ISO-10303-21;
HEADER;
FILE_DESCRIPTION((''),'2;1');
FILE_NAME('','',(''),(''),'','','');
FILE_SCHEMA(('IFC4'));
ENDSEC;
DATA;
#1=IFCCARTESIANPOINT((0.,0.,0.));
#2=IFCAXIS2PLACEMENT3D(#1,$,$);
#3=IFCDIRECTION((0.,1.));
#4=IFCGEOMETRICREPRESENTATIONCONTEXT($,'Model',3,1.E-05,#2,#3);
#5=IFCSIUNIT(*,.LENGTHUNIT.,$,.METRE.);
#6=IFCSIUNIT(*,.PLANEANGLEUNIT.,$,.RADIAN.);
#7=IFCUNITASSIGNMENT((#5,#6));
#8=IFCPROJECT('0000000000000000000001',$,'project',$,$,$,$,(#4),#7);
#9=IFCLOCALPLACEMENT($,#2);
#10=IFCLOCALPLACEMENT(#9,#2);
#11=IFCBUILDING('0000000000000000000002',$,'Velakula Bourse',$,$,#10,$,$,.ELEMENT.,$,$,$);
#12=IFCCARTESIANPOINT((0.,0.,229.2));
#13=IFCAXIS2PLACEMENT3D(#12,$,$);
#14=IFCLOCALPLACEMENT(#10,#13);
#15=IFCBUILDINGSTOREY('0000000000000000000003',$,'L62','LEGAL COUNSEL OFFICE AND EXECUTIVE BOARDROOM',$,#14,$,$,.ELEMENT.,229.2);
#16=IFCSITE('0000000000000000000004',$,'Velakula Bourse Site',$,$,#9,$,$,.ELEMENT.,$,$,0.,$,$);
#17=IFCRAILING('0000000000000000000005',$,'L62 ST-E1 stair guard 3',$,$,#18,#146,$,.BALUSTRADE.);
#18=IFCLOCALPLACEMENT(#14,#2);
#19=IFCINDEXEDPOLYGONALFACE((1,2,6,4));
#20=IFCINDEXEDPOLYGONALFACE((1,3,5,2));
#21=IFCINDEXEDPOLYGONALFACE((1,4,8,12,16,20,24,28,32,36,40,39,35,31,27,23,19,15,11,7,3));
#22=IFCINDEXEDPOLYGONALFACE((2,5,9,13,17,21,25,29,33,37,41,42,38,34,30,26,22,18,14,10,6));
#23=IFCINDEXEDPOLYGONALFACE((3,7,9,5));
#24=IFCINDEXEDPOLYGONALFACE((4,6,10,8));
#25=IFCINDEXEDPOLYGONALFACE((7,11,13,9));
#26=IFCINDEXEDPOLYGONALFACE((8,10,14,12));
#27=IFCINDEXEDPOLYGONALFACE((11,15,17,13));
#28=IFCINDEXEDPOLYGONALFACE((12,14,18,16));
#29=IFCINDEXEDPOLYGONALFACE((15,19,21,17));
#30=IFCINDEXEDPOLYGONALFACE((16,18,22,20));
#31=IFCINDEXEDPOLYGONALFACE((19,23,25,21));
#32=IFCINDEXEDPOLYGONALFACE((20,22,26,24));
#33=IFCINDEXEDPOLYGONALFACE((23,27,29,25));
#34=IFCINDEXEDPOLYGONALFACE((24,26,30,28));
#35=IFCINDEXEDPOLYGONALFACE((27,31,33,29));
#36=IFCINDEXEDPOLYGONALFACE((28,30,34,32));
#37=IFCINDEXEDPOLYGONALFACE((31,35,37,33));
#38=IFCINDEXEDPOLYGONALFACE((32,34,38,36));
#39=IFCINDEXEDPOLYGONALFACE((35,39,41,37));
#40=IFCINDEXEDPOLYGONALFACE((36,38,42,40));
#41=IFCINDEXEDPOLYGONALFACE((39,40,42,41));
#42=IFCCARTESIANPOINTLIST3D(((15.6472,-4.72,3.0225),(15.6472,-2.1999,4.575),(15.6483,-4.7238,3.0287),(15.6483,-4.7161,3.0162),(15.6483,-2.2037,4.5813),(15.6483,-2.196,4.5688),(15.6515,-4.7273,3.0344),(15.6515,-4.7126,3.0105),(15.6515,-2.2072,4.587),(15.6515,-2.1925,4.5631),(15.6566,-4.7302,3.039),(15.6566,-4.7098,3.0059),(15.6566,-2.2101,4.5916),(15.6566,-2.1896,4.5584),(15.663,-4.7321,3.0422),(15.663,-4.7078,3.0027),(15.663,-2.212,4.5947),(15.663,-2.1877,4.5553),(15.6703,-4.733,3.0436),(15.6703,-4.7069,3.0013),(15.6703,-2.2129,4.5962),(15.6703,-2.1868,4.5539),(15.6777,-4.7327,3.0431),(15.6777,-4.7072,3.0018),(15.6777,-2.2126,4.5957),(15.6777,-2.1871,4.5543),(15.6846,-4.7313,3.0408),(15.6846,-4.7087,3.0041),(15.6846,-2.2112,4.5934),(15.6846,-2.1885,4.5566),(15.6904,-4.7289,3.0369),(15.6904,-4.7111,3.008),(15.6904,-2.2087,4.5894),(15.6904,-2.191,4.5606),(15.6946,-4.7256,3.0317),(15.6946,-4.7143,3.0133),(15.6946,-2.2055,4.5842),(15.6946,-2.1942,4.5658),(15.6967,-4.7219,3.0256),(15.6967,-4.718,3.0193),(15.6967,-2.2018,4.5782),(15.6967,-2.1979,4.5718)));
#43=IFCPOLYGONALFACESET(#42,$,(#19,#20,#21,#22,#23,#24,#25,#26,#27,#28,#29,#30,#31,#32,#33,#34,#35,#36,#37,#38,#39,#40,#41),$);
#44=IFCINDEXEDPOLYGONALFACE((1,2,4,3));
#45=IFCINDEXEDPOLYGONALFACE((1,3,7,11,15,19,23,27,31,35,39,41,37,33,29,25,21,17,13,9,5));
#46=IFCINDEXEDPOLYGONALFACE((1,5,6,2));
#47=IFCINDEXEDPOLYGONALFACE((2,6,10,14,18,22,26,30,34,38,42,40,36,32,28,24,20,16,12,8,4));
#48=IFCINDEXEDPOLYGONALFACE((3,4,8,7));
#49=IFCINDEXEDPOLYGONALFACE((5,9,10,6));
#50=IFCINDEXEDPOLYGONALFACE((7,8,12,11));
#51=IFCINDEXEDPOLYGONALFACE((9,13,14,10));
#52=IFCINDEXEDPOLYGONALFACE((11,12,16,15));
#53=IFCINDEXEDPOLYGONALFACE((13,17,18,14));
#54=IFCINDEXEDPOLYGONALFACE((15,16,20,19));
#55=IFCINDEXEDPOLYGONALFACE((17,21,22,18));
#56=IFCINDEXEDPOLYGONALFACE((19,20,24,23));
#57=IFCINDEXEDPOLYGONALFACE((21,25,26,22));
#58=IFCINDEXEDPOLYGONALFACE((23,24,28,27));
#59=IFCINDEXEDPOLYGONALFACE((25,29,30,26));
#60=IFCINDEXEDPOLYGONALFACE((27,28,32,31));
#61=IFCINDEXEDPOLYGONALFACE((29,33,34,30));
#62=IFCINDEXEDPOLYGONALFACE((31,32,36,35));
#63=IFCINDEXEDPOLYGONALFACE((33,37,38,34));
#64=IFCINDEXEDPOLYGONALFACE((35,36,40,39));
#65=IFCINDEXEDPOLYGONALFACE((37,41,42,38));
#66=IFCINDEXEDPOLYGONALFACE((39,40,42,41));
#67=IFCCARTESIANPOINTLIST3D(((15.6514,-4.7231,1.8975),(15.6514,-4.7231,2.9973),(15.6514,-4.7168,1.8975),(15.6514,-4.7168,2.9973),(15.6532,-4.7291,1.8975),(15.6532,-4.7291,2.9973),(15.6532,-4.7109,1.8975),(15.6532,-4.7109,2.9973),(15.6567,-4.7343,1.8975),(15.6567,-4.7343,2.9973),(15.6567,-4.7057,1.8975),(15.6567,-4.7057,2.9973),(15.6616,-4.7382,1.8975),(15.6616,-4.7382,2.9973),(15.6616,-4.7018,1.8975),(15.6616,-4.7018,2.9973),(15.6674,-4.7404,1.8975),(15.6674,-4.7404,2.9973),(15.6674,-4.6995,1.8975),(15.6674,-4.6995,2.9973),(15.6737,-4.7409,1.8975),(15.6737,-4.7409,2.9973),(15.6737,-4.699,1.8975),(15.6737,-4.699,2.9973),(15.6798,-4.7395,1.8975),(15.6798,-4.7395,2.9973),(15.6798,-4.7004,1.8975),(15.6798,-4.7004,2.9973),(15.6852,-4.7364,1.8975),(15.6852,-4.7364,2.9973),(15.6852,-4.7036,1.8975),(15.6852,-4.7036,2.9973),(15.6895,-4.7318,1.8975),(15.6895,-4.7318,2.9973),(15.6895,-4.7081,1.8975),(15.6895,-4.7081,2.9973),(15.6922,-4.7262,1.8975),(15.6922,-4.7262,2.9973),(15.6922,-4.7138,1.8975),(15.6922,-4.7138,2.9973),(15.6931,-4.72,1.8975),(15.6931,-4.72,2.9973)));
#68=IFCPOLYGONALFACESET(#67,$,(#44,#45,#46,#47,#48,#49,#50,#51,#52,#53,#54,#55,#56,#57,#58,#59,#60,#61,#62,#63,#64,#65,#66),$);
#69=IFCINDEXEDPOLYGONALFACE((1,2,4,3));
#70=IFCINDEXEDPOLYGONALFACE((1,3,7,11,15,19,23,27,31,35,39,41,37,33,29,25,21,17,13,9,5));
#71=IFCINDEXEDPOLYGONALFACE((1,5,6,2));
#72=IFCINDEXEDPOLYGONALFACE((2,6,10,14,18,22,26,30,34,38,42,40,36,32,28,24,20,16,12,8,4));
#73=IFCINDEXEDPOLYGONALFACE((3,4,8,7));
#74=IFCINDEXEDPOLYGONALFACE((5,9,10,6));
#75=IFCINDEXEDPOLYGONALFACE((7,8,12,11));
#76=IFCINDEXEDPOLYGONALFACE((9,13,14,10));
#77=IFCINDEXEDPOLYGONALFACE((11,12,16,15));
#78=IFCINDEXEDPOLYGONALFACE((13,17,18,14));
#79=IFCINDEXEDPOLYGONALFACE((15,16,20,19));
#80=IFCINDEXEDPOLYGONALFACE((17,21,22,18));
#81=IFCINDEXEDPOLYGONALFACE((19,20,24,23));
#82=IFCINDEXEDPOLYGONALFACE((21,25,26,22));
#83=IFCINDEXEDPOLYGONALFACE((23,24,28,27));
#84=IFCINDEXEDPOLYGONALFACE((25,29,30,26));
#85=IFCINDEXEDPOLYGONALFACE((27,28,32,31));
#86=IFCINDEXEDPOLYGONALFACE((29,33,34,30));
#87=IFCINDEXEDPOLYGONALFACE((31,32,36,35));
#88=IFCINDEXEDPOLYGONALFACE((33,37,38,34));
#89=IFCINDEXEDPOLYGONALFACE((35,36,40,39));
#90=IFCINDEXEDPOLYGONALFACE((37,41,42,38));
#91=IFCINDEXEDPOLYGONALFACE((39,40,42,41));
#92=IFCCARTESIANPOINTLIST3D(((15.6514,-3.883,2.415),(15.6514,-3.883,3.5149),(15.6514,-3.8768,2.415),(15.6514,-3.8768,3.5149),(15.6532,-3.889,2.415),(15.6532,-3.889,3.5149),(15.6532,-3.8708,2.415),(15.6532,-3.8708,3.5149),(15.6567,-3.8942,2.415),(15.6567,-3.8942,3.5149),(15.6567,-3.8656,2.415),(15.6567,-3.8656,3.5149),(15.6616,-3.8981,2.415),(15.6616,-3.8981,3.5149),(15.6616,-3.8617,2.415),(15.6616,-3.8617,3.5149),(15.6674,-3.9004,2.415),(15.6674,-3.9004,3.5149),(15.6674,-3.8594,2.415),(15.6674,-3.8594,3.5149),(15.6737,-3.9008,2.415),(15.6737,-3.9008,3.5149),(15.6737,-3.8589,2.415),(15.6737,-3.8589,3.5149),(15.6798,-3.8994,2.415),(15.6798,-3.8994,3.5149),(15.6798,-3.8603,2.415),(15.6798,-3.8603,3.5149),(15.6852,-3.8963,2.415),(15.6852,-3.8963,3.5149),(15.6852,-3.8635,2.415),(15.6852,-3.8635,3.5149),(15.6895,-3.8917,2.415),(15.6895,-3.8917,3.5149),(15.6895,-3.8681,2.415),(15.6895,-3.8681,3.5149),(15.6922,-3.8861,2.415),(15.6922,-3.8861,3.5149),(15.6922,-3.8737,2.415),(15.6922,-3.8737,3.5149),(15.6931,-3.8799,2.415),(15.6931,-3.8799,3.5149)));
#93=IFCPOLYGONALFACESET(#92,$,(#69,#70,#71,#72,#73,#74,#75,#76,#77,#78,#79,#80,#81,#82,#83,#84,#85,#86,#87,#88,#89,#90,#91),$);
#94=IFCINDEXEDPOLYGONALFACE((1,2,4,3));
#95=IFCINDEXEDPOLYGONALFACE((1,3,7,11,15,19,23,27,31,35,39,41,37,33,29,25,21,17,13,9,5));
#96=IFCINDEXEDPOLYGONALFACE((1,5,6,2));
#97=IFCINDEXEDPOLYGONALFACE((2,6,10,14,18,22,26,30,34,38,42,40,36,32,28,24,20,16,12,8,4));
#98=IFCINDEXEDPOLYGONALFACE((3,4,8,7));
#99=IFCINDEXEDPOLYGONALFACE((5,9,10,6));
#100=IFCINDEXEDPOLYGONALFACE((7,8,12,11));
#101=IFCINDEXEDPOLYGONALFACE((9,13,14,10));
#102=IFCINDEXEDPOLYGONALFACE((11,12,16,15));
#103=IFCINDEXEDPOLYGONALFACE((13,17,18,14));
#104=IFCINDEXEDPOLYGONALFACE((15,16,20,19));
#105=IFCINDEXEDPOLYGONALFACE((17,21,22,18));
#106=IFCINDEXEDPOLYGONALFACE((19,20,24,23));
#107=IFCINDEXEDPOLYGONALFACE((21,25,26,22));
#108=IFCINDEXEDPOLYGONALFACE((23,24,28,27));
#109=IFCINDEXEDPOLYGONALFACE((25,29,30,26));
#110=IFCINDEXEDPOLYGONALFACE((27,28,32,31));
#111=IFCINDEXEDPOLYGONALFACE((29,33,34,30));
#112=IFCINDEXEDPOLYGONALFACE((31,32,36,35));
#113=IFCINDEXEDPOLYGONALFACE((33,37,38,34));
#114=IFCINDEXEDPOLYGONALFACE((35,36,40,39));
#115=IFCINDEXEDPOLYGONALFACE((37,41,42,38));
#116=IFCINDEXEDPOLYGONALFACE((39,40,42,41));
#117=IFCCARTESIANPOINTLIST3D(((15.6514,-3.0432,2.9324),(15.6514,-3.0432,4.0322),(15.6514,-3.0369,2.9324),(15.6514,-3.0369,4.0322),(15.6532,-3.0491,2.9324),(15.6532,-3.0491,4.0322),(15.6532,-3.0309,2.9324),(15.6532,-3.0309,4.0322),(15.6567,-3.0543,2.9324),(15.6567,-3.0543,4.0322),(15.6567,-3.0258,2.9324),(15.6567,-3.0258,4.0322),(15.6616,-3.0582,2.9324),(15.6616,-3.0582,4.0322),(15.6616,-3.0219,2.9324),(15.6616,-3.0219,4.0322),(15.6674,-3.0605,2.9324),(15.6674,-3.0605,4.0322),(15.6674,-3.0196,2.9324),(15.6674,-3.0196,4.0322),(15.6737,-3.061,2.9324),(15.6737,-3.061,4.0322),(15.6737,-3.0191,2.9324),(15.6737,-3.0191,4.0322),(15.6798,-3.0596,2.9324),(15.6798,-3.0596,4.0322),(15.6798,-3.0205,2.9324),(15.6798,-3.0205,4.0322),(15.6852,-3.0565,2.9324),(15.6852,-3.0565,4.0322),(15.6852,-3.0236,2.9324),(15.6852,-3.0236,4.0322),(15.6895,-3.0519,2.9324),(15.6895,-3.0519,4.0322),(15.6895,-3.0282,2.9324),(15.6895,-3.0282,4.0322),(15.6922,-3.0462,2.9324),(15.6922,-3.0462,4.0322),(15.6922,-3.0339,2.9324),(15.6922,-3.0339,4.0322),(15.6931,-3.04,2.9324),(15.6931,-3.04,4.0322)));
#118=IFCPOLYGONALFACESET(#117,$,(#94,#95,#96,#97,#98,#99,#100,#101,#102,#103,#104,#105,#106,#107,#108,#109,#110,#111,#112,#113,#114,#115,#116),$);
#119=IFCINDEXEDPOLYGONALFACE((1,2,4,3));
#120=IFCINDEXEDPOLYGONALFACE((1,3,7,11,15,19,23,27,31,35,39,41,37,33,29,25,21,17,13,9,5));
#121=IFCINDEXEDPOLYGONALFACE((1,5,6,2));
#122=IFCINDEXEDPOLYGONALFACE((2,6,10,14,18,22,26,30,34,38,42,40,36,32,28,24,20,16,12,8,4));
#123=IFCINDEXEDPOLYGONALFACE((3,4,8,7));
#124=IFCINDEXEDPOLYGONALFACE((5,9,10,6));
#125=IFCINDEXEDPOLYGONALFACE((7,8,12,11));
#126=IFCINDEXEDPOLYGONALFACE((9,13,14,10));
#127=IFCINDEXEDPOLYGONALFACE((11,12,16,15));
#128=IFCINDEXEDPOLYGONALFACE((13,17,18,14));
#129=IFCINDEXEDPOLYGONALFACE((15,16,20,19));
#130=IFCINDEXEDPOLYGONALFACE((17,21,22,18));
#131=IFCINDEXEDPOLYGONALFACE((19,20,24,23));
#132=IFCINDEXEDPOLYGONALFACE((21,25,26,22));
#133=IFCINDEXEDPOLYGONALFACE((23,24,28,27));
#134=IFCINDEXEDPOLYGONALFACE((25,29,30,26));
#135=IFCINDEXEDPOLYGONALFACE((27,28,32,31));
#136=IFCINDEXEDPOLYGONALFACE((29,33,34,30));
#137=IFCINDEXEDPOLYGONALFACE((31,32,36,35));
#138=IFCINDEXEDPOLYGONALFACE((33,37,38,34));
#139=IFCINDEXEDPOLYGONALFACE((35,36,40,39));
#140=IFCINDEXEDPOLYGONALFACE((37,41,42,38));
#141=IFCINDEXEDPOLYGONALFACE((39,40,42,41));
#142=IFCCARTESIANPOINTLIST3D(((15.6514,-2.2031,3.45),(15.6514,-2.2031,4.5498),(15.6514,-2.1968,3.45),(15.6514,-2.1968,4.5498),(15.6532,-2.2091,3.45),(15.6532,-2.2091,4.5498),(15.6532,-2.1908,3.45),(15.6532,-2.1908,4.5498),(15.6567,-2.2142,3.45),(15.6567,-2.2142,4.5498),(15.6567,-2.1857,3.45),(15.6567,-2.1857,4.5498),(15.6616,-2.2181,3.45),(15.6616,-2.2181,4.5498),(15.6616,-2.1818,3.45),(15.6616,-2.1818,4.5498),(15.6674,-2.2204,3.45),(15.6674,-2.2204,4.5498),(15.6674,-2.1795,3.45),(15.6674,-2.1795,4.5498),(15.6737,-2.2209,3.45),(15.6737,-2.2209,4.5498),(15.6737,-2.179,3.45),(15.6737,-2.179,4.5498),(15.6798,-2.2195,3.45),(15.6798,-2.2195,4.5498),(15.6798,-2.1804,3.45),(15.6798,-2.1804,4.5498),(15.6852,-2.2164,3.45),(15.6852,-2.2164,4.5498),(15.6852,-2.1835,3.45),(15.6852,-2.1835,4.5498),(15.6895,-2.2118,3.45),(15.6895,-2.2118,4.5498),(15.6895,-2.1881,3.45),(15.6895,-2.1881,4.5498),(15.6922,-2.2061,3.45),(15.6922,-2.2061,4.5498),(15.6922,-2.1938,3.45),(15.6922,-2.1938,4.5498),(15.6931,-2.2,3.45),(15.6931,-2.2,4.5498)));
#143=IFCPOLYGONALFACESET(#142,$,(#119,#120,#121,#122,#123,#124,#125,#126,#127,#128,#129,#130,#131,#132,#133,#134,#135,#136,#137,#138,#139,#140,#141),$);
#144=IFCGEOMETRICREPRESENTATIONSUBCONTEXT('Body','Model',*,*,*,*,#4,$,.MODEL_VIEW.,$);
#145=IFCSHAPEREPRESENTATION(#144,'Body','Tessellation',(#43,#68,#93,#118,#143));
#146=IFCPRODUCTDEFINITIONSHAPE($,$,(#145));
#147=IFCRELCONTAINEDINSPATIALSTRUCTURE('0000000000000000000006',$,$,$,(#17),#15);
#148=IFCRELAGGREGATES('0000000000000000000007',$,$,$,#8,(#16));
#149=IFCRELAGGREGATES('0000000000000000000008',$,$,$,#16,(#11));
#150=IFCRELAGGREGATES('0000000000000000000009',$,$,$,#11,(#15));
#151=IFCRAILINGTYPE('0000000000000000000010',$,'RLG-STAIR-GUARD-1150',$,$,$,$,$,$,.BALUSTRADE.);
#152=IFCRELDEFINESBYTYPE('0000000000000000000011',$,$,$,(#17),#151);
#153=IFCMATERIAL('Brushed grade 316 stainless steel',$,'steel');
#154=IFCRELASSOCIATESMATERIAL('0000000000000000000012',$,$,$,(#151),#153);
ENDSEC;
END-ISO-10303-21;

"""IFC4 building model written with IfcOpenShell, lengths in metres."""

from ifc_helpers import new_model, si_unit, direction, frame, origin, origin_2d, place, context, subcontext, project, spatial, circle, extrude, material, type_object, element, save


model = new_model("IFC4")

# Units and contexts
model_context = context("Model", 3, precision=1e-05, world=origin(), true_north=direction((0.0, 1.0)))
body_context = subcontext(model_context, "Body", "Model", "MODEL_VIEW")
ifc_project = project(units=[si_unit("LENGTHUNIT", "METRE"), si_unit("PLANEANGLEUNIT", "RADIAN")], contexts=[model_context])

# Site, building, storey
site_placement = place(None, origin())
site = spatial("IfcSite", under=ifc_project, at=site_placement, Name="Velakula Bourse Site", CompositionType="ELEMENT", RefElevation=0.0)
building_placement = place(site_placement, origin())
building = spatial("IfcBuilding", under=site, at=building_placement, Name="Velakula Bourse", CompositionType="ELEMENT")
storey_placement = place(building_placement, frame((0.0, 0.0, 229.2)))
storey = spatial("IfcBuildingStorey", under=building, at=storey_placement, Name="L62", Description="LEGAL COUNSEL OFFICE AND EXECUTIVE BOARDROOM", CompositionType="ELEMENT", Elevation=229.2)

# Shared definitions
ifc_material_1 = material(Name="Brushed grade 316 stainless steel", Category="steel")

# Railing
railing_type_1 = type_object("IfcRailingType", Name="RLG-STAIR-GUARD-1150", PredefinedType="BALUSTRADE", material=ifc_material_1)
railing_1_placement = place(storey_placement, frame((15.6721, -4.72, 1.8975)))
element("IfcRailing", 1, at=railing_1_placement, inside=storey, type_object=railing_type_1, Name="L62 ST-E1 stair guard 3", PredefinedType="BALUSTRADE", context=body_context, shape_type="SweptSolid", body=[
    extrude(circle(Radius=0.0249, at=origin_2d()), frame((0.0, 0.0, 1.125), z_axis=(0.0, 0.8514, 0.524516), x_axis=(-1.0, 0.0, 0.0)), (0.0, 0.0, 1.0), 2.96),
    extrude(circle(Radius=0.021, at=origin_2d()), origin(), (0.0, 0.0, 1.0), 1.0999),
    extrude(circle(Radius=0.021, at=origin_2d()), frame((0.0, 0.8401, 0.5176)), (0.0, 0.0, 1.0), 1.0999),
    extrude(circle(Radius=0.021, at=origin_2d()), frame((0.0, 1.6799, 1.0349)), (0.0, 0.0, 1.0), 1.0999),
    extrude(circle(Radius=0.021, at=origin_2d()), frame((0.0, 2.52, 1.5525)), (0.0, 0.0, 1.0), 1.0999),
])

save(model, "model.ifc")
